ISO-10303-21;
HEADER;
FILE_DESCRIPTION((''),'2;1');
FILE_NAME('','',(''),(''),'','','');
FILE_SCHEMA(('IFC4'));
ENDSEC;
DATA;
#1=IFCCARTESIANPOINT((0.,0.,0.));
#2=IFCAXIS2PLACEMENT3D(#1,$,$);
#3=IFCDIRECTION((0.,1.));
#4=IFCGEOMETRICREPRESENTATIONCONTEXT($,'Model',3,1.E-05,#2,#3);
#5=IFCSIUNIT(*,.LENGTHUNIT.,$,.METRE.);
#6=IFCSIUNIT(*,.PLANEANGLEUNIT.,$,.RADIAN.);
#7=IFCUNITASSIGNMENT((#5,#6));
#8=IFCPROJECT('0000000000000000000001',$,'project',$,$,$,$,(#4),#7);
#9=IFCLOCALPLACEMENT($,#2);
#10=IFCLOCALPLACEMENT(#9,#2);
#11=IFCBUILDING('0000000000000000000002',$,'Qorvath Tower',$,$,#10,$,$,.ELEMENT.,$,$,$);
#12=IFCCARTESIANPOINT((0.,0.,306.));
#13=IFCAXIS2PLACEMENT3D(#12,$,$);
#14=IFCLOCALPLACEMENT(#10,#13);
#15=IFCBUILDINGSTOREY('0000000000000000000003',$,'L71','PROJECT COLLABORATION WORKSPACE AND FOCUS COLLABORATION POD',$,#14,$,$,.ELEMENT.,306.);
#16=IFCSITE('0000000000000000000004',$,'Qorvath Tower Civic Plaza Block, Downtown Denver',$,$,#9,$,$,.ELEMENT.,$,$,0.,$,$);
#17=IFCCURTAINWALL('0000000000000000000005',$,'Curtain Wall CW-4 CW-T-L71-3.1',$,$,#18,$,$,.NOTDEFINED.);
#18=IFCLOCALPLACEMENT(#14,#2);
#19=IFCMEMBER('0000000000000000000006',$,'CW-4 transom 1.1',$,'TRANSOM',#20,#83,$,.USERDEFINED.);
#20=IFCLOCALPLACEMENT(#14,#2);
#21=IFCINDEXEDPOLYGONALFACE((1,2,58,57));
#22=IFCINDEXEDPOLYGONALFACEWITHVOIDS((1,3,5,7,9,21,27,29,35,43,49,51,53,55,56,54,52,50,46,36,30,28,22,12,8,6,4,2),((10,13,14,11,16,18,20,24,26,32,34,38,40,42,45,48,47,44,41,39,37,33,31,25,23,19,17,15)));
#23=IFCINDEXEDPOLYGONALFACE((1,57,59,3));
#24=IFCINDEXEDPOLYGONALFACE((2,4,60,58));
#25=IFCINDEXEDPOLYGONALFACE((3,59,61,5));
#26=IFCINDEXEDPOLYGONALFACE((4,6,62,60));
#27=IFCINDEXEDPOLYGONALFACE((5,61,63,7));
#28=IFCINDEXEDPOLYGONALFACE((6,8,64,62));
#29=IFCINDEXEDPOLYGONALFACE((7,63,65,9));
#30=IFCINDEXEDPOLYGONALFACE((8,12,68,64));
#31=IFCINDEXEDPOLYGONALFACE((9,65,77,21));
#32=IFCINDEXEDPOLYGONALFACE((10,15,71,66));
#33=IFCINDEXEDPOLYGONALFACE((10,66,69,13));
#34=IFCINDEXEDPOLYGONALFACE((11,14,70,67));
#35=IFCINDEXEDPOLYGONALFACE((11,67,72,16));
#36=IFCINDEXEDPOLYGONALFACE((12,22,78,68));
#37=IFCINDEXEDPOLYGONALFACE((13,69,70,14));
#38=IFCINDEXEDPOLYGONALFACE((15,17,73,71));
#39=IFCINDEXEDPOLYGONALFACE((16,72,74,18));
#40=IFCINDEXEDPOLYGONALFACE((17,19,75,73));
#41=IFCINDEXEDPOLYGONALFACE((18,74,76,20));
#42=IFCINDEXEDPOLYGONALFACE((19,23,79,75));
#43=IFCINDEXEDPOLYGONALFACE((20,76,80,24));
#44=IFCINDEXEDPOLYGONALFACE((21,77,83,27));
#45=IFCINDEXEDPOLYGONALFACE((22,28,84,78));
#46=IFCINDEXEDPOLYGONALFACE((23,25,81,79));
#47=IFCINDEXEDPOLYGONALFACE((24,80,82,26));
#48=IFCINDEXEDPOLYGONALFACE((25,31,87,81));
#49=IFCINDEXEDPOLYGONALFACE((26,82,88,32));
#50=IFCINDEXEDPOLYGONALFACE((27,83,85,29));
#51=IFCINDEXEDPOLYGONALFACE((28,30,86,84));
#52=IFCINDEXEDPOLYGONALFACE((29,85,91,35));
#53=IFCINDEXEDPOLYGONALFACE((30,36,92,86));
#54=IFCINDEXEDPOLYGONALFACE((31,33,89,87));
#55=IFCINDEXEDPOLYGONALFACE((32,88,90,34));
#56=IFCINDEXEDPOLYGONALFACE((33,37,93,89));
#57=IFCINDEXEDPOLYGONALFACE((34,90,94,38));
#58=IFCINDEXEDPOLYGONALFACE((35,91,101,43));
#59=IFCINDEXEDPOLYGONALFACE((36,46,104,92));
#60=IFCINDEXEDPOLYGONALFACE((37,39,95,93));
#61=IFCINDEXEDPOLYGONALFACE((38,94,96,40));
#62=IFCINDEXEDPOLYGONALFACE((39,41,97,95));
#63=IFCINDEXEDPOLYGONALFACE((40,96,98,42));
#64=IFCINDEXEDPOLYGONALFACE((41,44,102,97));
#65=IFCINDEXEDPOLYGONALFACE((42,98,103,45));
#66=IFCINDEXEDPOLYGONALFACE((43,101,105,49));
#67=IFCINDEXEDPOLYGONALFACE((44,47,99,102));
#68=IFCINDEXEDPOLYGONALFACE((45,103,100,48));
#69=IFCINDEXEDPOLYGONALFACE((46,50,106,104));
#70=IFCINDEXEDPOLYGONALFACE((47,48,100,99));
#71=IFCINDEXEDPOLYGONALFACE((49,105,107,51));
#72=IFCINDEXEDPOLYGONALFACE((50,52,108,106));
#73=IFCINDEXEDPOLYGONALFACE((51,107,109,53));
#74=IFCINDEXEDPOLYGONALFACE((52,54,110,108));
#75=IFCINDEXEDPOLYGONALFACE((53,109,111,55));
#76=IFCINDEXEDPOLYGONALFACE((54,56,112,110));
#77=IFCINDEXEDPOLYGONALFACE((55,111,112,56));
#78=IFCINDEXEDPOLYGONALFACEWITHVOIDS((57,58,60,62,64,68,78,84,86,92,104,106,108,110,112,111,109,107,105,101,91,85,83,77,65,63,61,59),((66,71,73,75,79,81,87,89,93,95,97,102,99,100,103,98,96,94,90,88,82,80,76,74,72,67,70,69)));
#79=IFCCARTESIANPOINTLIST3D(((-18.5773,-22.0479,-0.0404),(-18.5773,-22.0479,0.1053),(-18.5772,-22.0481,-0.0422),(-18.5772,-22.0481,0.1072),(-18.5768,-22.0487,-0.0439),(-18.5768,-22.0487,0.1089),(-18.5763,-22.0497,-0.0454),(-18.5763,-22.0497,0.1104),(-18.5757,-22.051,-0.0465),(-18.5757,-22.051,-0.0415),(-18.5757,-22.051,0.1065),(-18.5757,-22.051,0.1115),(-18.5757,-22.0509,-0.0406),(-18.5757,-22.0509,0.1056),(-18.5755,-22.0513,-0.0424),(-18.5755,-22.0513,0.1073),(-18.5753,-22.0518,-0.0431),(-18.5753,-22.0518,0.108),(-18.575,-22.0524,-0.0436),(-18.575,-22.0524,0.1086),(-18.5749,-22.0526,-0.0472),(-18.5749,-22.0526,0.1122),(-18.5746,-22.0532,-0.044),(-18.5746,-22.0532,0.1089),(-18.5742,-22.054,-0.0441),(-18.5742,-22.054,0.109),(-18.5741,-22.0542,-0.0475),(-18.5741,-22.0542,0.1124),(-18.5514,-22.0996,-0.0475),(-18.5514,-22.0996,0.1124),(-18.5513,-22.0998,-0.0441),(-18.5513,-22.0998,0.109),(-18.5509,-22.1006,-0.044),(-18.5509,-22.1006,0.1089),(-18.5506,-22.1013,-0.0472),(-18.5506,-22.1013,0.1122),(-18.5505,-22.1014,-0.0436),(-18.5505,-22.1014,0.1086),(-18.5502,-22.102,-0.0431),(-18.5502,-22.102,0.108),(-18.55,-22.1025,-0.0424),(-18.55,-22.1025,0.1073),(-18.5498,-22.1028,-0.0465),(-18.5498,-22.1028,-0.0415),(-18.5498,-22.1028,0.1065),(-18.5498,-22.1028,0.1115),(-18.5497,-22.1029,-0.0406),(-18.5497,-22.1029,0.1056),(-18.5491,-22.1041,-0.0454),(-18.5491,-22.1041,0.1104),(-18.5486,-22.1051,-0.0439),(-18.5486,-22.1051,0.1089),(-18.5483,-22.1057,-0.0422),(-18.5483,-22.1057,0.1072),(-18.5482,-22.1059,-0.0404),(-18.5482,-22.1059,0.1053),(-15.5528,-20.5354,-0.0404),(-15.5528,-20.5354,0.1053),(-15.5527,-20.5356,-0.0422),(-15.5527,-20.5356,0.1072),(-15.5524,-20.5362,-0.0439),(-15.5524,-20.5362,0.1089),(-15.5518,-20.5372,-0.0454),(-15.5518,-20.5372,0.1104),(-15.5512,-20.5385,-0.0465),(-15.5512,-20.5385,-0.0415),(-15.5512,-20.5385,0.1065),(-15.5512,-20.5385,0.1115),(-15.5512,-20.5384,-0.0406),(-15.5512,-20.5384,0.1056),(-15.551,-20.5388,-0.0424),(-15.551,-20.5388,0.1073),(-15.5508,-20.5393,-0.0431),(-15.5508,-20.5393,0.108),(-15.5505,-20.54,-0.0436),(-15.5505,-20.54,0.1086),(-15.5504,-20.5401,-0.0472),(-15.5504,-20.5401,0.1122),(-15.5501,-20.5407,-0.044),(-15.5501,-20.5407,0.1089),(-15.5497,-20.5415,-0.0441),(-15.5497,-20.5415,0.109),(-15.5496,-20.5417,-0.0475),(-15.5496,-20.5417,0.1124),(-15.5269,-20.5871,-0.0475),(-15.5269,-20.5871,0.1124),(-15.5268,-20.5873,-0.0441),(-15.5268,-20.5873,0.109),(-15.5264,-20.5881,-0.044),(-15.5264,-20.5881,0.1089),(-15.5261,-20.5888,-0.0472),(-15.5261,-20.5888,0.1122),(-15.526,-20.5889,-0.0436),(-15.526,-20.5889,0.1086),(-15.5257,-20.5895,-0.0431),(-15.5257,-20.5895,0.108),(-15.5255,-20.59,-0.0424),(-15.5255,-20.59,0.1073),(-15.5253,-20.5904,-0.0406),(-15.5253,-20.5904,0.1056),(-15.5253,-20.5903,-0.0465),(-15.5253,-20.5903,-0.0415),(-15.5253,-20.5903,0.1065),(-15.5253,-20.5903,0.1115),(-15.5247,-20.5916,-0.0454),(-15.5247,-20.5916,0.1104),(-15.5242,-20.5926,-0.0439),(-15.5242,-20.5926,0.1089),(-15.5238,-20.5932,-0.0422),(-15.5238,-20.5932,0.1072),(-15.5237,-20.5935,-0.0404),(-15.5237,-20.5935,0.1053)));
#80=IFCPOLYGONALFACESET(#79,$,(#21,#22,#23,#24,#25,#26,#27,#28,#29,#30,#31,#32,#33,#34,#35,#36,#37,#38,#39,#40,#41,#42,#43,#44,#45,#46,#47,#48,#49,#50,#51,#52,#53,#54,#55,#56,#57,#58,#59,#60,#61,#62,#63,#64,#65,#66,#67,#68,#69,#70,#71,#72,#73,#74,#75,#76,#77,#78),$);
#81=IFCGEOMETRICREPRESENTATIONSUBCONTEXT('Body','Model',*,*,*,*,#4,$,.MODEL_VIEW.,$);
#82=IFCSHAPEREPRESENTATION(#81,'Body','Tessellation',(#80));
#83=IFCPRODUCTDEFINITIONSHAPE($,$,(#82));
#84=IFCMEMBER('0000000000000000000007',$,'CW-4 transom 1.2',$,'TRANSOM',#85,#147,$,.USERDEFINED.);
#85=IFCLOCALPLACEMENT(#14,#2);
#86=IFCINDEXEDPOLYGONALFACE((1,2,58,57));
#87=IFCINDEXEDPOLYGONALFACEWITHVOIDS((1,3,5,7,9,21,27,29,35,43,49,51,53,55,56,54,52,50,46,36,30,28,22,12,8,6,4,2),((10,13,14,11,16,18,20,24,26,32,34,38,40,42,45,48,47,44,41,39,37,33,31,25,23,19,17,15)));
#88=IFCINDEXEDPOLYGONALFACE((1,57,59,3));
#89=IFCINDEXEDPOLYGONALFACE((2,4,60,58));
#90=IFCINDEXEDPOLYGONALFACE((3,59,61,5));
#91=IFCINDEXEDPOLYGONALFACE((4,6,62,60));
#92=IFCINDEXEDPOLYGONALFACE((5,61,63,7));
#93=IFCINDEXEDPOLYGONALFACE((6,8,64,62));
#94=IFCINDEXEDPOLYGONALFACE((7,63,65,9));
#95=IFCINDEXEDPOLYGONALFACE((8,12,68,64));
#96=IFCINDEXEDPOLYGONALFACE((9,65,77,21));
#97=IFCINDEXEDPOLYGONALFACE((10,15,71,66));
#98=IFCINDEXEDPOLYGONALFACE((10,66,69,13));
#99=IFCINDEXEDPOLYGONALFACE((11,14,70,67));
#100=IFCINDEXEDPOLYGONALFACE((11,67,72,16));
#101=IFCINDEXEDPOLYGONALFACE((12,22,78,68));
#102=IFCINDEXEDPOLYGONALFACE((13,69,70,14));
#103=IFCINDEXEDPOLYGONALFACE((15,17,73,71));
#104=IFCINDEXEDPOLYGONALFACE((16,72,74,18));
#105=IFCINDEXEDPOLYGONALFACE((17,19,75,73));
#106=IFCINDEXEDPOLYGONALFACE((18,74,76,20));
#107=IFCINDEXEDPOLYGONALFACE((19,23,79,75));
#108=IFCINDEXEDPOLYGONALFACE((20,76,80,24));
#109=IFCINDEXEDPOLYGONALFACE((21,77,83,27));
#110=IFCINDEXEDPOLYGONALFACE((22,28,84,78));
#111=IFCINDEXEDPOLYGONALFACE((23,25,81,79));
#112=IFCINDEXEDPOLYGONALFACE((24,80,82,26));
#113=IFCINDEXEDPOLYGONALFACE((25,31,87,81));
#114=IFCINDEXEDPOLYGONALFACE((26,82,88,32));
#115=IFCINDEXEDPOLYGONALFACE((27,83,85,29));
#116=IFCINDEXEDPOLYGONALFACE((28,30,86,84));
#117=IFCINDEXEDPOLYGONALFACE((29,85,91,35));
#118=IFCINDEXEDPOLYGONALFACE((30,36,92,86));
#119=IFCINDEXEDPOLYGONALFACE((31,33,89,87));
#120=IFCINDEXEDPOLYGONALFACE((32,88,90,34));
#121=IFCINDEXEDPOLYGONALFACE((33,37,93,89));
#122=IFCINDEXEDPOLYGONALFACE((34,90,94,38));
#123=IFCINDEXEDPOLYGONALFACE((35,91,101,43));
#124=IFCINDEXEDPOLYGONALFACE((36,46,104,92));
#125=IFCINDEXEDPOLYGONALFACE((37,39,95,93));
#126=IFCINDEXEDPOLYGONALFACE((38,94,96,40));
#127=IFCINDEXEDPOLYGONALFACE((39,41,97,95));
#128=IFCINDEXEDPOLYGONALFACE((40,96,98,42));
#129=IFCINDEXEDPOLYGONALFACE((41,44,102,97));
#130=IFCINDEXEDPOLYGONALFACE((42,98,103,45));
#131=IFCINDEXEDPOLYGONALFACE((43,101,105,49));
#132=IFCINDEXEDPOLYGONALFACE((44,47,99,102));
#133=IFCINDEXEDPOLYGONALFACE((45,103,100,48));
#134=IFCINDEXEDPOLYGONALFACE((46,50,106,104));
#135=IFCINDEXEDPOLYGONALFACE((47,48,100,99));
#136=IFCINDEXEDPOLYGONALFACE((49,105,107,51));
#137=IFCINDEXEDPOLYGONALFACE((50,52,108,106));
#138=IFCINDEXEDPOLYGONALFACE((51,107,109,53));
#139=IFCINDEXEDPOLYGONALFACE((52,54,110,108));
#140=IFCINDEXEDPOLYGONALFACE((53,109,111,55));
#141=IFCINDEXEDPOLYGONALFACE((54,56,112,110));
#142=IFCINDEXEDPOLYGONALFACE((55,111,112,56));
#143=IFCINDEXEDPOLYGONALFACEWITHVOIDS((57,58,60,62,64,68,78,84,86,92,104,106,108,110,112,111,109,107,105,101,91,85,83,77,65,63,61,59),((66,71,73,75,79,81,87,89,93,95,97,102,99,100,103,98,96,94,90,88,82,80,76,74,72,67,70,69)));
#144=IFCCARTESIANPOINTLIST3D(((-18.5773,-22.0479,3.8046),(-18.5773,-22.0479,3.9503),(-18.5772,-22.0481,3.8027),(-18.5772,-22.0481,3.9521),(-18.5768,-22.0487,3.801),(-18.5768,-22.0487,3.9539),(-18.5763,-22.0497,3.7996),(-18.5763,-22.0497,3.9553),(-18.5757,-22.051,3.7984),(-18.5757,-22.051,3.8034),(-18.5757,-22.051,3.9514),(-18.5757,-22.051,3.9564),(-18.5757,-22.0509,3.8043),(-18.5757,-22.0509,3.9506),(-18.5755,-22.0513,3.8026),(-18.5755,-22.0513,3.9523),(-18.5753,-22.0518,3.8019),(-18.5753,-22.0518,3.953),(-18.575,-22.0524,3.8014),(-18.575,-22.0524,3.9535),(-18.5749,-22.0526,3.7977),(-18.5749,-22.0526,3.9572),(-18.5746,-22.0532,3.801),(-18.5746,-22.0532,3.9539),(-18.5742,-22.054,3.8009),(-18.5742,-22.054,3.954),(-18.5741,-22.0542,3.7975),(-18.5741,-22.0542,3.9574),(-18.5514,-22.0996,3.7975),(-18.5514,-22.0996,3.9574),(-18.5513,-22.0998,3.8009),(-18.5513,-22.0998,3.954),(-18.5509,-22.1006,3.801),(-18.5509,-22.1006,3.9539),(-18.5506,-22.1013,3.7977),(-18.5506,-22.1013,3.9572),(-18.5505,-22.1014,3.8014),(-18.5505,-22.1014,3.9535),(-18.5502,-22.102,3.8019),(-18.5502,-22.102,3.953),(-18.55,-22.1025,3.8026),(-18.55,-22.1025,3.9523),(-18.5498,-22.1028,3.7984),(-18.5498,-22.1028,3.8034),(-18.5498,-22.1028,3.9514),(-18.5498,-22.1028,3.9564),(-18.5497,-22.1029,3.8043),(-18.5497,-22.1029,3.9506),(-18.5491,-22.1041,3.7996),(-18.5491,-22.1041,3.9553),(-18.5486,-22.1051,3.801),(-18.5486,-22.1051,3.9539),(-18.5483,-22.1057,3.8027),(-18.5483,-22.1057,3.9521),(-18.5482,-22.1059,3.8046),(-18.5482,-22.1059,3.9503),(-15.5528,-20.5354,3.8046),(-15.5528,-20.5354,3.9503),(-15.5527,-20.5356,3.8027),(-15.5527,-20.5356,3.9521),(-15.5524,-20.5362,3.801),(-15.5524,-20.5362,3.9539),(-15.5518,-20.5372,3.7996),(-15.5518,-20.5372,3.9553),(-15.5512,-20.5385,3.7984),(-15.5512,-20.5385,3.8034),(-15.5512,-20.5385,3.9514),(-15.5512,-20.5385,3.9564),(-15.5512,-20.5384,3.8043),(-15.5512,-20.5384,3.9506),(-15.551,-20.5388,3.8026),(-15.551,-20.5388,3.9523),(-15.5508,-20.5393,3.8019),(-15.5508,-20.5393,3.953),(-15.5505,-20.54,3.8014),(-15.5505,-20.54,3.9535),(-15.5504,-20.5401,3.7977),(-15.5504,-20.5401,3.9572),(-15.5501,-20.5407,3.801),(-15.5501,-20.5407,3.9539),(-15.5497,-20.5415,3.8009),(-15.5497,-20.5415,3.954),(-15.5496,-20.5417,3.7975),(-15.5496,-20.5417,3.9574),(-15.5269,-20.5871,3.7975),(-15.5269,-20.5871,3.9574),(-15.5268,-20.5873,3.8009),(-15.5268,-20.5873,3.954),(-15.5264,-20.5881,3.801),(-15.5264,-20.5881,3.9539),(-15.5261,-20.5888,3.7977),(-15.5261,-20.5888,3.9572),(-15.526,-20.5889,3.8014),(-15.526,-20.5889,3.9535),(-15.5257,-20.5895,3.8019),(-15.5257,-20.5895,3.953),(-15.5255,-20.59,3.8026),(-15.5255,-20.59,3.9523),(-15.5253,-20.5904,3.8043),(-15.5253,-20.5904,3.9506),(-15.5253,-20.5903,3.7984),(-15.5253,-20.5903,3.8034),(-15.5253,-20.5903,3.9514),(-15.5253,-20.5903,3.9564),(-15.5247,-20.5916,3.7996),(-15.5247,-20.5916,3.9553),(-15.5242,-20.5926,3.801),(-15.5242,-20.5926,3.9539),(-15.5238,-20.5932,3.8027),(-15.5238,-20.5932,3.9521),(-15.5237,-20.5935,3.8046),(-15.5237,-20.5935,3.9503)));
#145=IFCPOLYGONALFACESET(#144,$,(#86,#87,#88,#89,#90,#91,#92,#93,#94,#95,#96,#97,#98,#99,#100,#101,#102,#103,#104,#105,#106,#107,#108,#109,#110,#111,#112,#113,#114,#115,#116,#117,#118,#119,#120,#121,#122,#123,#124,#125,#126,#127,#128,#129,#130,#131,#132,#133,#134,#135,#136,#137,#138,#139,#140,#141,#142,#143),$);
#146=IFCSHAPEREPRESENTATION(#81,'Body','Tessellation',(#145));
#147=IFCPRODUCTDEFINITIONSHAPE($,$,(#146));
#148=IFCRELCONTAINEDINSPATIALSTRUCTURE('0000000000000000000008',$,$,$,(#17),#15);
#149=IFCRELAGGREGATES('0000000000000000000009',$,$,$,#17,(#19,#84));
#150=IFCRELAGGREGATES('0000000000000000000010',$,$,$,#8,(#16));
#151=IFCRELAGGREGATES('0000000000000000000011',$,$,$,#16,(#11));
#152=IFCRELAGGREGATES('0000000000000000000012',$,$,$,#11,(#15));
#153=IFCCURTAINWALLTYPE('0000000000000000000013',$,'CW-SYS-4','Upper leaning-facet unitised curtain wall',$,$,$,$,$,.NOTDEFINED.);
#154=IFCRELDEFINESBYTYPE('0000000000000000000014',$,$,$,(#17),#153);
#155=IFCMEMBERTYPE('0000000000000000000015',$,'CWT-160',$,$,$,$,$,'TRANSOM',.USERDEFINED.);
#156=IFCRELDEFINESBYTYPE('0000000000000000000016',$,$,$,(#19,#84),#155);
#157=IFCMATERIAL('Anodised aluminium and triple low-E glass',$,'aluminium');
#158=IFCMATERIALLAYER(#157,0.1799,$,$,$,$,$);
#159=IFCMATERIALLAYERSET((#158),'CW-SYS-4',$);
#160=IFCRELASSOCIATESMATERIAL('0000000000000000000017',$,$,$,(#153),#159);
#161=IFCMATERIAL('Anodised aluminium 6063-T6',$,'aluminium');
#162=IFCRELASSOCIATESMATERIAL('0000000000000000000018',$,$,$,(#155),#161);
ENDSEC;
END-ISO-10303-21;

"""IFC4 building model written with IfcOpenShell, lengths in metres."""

from ifc_helpers import new_model, si_unit, direction, frame, origin, origin_2d, place, context, subcontext, project, spatial, hollow_rectangle, extrude, material, layer, layer_set, material_profile, profile_set, type_object, element, aggregate, save


model = new_model("IFC4")

# Units and contexts
model_context = context("Model", 3, precision=1e-05, world=origin(), true_north=direction((0.0, 1.0)))
body_context = subcontext(model_context, "Body", "Model", "MODEL_VIEW")
ifc_project = project(units=[si_unit("LENGTHUNIT", "METRE"), si_unit("PLANEANGLEUNIT", "RADIAN")], contexts=[model_context])

# Site, building, storey
site_placement = place(None, origin())
site = spatial("IfcSite", under=ifc_project, at=site_placement, Name="Qorvath Tower Civic Plaza Block, Downtown Denver", CompositionType="ELEMENT", RefElevation=0.0)
building_placement = place(site_placement, origin())
building = spatial("IfcBuilding", under=site, at=building_placement, Name="Qorvath Tower", CompositionType="ELEMENT")
storey_placement = place(building_placement, frame((0.0, 0.0, 306.0)))
storey = spatial("IfcBuildingStorey", under=building, at=storey_placement, Name="L71", Description="PROJECT COLLABORATION WORKSPACE AND FOCUS COLLABORATION POD", CompositionType="ELEMENT", Elevation=306.0)

# Shared definitions
ifc_material_1 = material(Name="Anodised aluminium and triple low-E glass", Category="aluminium")
ifc_layer_1 = layer(ifc_material_1, 0.1799)
ifc_layer_set_1 = layer_set([ifc_layer_1], Name="CW-SYS-4")
curtain_wall_type = type_object("IfcCurtainWallType", Name="CW-SYS-4", Description="Upper leaning-facet unitised curtain wall", PredefinedType="NOTDEFINED", material=ifc_layer_set_1)

# Curtain wall
curtain_wall_1_placement = place(storey_placement, origin())
curtain_wall_1 = element("IfcCurtainWall", 1, at=curtain_wall_1_placement, inside=storey, type_object=curtain_wall_type, Name="Curtain Wall CW-4 CW-T-L71-3.1", PredefinedType="NOTDEFINED")

# Members
ifc_material_2 = material(Name="Anodised aluminium 6063-T6", Category="aluminium")
ifc_material_profile_1 = material_profile(ifc_material_2, hollow_rectangle(XDim=0.0649, YDim=0.1599, WallThickness=0.0034, InnerFilletRadius=0.0034, OuterFilletRadius=0.0071, at=origin_2d()), Name="CWT 160x65")
ifc_profile_set_1 = profile_set([ifc_material_profile_1], Name="Anodised aluminium 6063-T6")
member_type_1 = type_object("IfcMemberType", Name="CWT-160", ElementType="TRANSOM", PredefinedType="USERDEFINED", material=ifc_profile_set_1)
member_1_placement = place(storey_placement, frame((-18.5627, -22.0769, 0.0325), z_axis=(0.894398, 0.447271, 0.0), x_axis=(-0.447271, 0.894398, 0.0)))
member_1 = element("IfcMember", 2, at=member_1_placement, type_object=member_type_1, Name="CW-4 transom 1.1", ObjectType="TRANSOM", PredefinedType="USERDEFINED", context=body_context, shape_type="SweptSolid", body=[
    extrude(hollow_rectangle(XDim=0.0649, YDim=0.1599, WallThickness=0.0034, InnerFilletRadius=0.0034, OuterFilletRadius=0.0071, at=origin_2d()), origin(), (0.0, 0.0, 1.0), 3.3816),
])
member_2_placement = place(storey_placement, frame((-18.5627, -22.0769, 3.8774), z_axis=(0.894398, 0.447271, 0.0), x_axis=(-0.447271, 0.894398, 0.0)))
member_2 = element("IfcMember", 3, at=member_2_placement, type_object=member_type_1, Name="CW-4 transom 1.2", ObjectType="TRANSOM", PredefinedType="USERDEFINED", context=body_context, shape_type="SweptSolid", body=[
    extrude(hollow_rectangle(XDim=0.0649, YDim=0.1599, WallThickness=0.0034, InnerFilletRadius=0.0034, OuterFilletRadius=0.0071, at=origin_2d()), origin(), (0.0, 0.0, 1.0), 3.3816),
])

aggregate(curtain_wall_1, [member_1, member_2])

save(model, "model.ifc")
